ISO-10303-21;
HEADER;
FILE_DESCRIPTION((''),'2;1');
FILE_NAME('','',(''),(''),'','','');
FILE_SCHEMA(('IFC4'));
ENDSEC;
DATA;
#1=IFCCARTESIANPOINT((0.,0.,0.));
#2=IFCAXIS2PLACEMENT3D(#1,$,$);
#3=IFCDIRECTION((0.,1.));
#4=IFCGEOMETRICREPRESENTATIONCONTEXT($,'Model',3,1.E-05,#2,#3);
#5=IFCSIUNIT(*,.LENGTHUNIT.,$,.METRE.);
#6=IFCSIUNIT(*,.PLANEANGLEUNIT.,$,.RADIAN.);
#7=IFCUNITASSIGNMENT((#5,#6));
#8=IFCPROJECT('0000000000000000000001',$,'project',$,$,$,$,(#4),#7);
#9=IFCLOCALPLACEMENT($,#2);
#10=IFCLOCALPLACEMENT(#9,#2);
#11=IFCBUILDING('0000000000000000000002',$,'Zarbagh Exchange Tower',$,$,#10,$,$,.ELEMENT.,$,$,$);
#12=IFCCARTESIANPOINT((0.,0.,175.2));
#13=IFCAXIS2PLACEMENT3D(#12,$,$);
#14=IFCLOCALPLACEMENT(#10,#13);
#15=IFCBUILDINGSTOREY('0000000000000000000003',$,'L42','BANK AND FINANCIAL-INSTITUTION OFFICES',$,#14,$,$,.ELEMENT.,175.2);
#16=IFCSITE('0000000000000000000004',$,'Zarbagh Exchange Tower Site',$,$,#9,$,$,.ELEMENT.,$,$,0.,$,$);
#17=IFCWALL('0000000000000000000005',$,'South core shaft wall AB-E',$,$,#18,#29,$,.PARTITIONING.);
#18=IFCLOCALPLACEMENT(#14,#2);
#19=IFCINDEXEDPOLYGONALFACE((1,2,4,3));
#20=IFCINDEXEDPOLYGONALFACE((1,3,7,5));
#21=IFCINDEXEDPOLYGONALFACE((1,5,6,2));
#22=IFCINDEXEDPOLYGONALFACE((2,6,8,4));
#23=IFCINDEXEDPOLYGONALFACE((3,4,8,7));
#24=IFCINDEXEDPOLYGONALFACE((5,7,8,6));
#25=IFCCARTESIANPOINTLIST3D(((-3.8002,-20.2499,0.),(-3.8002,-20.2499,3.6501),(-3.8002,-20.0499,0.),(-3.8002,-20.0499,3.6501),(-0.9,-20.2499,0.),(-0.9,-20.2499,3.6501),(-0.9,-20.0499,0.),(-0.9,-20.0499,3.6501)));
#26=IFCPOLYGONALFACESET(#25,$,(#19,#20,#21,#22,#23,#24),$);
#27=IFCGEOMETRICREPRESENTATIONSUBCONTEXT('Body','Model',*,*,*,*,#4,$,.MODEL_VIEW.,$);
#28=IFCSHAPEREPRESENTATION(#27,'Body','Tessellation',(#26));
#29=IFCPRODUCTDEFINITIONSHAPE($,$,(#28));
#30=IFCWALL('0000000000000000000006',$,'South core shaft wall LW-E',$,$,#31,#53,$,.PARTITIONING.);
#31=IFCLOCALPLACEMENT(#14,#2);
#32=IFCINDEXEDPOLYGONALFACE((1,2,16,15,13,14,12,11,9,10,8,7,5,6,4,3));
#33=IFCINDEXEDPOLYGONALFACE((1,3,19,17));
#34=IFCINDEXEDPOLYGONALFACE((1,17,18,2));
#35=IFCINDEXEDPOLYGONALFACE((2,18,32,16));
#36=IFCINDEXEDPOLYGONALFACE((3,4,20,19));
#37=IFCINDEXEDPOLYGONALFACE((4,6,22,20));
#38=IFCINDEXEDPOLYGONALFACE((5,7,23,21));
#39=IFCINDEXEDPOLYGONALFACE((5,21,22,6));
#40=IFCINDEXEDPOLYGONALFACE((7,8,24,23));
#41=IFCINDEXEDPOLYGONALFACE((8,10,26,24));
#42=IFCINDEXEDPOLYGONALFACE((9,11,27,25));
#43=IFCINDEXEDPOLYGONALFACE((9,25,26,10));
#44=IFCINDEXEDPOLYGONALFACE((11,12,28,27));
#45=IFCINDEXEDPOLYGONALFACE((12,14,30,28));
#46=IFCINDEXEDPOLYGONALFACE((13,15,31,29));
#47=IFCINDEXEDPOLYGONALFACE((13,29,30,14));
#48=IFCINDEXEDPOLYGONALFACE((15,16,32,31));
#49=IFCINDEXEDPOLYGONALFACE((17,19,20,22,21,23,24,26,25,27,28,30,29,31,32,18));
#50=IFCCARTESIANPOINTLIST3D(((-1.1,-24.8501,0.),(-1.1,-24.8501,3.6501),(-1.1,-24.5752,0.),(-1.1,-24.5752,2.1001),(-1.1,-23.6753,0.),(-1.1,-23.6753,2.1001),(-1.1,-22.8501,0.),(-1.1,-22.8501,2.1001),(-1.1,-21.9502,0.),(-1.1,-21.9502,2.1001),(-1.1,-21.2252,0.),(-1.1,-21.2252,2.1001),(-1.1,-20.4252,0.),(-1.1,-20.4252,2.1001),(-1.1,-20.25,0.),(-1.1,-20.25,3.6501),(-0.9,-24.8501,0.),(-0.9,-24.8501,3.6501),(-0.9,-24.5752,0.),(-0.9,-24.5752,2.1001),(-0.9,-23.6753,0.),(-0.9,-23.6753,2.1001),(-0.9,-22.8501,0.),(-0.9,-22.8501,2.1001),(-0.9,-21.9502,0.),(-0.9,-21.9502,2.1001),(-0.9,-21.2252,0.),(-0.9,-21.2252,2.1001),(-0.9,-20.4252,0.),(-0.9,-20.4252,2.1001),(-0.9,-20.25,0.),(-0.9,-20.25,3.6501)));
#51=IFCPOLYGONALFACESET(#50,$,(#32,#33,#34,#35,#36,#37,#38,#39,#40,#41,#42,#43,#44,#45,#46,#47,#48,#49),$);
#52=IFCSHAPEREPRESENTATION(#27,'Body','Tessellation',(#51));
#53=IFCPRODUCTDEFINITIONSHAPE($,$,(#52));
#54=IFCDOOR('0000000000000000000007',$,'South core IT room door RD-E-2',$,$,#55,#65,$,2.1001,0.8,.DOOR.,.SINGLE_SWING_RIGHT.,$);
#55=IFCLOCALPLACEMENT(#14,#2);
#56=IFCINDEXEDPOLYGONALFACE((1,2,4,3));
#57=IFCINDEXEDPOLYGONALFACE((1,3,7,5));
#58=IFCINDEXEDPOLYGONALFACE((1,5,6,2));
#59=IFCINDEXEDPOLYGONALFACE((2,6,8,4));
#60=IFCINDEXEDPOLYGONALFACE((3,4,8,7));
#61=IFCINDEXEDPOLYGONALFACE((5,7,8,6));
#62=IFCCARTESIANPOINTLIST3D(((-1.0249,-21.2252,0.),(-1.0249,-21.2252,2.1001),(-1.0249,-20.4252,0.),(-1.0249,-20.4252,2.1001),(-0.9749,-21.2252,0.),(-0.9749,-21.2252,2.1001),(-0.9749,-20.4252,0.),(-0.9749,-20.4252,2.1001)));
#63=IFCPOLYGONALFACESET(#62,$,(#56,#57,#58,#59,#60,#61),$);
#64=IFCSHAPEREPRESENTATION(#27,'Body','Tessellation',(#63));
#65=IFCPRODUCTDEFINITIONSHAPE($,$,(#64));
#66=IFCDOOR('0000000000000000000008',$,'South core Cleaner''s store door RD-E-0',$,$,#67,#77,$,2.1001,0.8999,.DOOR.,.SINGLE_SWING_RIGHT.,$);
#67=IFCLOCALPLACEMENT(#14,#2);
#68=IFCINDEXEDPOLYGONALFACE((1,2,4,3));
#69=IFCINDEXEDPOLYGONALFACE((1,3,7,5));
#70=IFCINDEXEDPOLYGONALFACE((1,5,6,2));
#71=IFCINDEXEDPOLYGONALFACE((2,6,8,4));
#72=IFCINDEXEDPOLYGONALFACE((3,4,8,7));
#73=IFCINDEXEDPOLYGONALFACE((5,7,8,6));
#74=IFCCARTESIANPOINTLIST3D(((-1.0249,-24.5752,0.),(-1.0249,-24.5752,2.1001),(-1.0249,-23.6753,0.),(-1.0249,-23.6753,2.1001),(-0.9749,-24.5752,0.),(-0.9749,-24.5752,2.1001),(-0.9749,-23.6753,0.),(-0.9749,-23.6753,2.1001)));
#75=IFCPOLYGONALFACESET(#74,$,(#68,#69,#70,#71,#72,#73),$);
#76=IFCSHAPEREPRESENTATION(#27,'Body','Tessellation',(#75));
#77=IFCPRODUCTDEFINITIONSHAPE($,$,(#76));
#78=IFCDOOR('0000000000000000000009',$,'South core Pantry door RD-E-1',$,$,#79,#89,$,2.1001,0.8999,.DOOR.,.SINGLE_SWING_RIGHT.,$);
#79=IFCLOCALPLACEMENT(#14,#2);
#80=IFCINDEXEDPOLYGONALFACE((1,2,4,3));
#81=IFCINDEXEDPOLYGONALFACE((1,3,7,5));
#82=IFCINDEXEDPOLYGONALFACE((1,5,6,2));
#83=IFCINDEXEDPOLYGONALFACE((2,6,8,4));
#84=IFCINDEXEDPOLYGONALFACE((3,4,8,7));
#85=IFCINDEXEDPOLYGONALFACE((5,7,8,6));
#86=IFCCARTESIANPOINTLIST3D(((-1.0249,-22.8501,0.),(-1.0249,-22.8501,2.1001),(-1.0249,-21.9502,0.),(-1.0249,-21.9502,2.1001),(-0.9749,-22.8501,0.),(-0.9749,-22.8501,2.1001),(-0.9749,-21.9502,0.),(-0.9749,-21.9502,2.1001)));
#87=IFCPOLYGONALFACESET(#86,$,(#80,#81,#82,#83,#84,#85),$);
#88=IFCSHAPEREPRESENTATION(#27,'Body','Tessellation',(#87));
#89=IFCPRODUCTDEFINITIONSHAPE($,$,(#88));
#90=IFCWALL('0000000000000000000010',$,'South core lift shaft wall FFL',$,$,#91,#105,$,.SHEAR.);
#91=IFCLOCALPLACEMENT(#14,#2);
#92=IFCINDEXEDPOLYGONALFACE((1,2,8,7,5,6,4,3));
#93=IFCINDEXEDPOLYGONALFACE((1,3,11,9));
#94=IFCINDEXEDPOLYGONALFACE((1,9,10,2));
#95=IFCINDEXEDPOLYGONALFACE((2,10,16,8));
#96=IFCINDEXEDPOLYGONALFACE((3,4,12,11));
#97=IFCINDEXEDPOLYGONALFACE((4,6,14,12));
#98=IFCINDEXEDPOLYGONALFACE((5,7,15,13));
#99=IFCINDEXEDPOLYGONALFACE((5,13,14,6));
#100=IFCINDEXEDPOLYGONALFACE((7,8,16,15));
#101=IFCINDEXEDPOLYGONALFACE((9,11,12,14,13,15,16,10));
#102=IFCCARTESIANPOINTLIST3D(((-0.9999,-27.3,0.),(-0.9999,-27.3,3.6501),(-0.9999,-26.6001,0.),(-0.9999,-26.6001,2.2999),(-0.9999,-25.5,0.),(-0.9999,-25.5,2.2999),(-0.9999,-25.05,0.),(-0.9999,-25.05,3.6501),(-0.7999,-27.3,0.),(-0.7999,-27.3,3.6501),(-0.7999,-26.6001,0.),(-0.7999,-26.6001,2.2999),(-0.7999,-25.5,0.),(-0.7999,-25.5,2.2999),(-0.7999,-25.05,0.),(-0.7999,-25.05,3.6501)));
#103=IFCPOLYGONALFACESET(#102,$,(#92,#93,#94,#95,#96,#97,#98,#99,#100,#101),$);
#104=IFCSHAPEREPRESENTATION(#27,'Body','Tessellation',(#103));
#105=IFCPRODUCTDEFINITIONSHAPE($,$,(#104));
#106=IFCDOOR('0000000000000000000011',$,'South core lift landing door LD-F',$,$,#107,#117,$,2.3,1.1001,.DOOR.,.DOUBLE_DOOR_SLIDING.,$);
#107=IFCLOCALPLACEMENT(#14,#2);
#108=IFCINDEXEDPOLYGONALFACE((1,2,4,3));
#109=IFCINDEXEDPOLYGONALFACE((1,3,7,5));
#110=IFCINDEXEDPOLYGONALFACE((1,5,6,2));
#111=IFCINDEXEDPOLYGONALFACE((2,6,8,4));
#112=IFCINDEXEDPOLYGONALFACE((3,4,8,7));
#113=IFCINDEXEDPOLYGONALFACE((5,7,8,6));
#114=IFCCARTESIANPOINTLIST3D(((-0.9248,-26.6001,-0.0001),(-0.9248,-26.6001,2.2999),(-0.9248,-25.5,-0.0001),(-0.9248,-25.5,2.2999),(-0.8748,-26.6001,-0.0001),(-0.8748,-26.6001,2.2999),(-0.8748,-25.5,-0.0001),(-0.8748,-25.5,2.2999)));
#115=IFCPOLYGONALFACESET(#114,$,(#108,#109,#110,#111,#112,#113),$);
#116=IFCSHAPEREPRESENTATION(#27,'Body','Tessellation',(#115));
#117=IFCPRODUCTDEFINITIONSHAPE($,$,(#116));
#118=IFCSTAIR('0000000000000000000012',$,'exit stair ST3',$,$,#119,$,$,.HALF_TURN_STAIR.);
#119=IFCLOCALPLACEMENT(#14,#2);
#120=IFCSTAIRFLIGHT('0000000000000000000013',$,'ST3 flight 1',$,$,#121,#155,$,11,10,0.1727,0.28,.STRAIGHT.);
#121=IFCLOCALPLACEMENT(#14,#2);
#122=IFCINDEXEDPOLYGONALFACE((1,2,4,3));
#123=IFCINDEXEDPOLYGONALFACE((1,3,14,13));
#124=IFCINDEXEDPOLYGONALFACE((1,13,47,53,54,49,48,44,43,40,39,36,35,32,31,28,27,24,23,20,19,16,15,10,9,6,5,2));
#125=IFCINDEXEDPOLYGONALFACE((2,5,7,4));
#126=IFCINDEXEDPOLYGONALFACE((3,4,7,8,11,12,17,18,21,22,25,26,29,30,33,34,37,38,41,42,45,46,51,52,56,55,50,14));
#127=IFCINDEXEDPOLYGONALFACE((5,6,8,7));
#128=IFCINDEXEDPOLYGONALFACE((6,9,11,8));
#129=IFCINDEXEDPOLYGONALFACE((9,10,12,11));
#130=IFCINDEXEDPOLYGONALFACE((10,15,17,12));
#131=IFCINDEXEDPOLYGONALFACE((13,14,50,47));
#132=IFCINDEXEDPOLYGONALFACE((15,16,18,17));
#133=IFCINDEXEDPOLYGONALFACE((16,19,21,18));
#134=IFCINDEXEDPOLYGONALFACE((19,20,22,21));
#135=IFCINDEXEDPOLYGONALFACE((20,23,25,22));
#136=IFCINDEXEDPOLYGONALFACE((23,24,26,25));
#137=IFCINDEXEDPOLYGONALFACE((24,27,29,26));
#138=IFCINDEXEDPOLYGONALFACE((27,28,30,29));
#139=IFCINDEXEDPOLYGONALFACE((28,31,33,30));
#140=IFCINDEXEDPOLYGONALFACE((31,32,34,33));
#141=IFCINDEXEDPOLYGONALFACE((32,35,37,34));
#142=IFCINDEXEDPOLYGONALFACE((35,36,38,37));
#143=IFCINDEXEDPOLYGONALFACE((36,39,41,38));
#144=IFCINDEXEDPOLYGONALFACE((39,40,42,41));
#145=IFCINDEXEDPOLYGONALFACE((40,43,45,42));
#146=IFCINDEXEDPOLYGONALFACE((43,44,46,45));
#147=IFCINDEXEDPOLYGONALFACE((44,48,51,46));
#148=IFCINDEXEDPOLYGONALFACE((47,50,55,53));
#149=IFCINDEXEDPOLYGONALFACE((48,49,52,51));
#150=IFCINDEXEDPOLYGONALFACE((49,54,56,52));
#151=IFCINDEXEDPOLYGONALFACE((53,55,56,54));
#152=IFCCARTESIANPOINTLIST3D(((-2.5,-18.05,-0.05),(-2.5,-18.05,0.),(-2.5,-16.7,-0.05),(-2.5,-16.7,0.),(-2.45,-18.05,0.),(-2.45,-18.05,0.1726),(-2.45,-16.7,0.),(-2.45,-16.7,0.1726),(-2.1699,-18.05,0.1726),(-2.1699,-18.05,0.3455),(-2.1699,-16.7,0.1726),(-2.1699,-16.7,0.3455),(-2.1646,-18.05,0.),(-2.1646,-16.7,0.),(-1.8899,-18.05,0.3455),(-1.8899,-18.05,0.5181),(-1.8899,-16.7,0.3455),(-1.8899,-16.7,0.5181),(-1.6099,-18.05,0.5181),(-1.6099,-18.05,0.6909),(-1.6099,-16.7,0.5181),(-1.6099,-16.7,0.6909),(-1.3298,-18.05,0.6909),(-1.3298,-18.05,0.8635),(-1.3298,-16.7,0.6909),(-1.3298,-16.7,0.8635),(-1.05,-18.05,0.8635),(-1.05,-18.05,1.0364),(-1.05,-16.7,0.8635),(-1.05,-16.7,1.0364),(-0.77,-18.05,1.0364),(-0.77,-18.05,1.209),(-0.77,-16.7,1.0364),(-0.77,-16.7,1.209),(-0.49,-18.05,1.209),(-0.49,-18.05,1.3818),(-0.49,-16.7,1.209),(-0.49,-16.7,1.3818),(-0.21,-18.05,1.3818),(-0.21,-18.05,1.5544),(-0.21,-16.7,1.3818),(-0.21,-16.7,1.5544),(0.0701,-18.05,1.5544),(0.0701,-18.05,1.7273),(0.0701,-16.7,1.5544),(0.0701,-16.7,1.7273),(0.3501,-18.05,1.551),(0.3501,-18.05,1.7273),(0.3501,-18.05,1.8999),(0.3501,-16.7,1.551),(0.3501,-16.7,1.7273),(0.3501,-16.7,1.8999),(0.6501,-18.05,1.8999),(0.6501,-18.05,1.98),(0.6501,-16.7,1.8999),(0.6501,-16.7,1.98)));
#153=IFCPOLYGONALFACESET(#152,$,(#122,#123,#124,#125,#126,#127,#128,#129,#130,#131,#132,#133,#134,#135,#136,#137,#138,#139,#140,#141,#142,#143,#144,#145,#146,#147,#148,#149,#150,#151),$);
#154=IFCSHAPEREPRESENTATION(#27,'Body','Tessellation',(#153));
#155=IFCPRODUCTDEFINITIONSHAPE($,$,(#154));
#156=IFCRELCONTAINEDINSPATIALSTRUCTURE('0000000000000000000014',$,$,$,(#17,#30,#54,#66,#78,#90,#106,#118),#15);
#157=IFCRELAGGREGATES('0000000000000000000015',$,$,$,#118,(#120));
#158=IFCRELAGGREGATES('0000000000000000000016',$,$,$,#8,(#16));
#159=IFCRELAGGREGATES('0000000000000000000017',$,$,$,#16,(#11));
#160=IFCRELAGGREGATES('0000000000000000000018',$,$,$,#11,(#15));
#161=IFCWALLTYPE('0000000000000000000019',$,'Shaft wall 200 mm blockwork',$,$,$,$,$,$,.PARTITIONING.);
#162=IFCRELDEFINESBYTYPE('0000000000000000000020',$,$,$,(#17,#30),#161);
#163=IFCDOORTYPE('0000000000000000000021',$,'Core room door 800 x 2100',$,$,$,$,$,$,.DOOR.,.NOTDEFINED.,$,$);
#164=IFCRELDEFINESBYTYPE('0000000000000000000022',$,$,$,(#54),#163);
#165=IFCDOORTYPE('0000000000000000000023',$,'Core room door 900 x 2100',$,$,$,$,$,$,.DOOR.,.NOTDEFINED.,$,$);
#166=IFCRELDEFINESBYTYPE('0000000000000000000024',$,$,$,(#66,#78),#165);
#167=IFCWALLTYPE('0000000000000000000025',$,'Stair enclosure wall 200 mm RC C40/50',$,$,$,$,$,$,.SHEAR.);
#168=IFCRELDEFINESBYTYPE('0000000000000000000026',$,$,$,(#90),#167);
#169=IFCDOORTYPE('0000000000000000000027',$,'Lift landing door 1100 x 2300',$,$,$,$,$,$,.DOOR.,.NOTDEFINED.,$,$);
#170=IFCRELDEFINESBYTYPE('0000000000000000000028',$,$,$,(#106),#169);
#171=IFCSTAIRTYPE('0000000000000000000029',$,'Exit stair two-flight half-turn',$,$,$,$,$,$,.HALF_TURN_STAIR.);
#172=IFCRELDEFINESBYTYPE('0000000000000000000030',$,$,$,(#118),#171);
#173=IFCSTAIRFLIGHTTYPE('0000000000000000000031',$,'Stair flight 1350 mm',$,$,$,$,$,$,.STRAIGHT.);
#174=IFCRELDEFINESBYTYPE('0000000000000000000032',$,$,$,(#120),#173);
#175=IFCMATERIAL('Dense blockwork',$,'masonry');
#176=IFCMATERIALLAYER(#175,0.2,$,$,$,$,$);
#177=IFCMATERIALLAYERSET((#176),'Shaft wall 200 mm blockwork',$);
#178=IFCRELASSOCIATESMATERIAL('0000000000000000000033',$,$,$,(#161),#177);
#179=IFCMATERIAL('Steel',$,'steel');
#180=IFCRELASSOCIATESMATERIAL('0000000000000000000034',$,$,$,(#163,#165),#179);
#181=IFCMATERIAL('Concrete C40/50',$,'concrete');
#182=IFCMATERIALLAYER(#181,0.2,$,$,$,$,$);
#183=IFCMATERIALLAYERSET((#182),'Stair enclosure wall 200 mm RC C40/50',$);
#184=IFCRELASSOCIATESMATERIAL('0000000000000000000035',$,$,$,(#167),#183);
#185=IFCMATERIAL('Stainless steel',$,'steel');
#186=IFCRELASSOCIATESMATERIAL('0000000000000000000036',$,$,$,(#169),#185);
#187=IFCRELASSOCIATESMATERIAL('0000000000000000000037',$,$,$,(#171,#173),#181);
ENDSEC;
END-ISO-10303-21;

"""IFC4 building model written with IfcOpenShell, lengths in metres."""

from ifc_helpers import new_model, si_unit, direction, frame, frame_2d, origin, place, context, subcontext, project, spatial, polyline, rectangle, outline, extrude, material, layer, layer_set, type_object, element, fill, aggregate, save


model = new_model("IFC4")

# Units and contexts
model_context = context("Model", 3, precision=1e-05, world=origin(), true_north=direction((0.0, 1.0)))
body_context = subcontext(model_context, "Body", "Model", "MODEL_VIEW")
ifc_project = project(units=[si_unit("LENGTHUNIT", "METRE"), si_unit("PLANEANGLEUNIT", "RADIAN")], contexts=[model_context])

# Site, building, storey
site_placement = place(None, origin())
site = spatial("IfcSite", under=ifc_project, at=site_placement, Name="Zarbagh Exchange Tower Site", CompositionType="ELEMENT", RefElevation=0.0)
building_placement = place(site_placement, origin())
building = spatial("IfcBuilding", under=site, at=building_placement, Name="Zarbagh Exchange Tower", CompositionType="ELEMENT")
storey_placement = place(building_placement, frame((0.0, 0.0, 175.2)))
storey = spatial("IfcBuildingStorey", under=building, at=storey_placement, Name="L42", Description="BANK AND FINANCIAL-INSTITUTION OFFICES", CompositionType="ELEMENT", Elevation=175.2)

# Shared definitions
ifc_material_1 = material(Name="Concrete C40/50", Category="concrete")

# Shared definitions
ifc_material_2 = material(Name="Dense blockwork", Category="masonry")

# Shared definitions
ifc_material_3 = material(Name="Steel", Category="steel")

# Wall
ifc_layer_1 = layer(ifc_material_2, 0.2)
ifc_layer_set_1 = layer_set([ifc_layer_1], Name="Shaft wall 200 mm blockwork")
wall_type_1 = type_object("IfcWallType", Name="Shaft wall 200 mm blockwork", PredefinedType="PARTITIONING", material=ifc_layer_set_1)
wall_1_placement = place(storey_placement, frame((-0.8999, -20.1499, 0.0), z_axis=(0.0, 0.0, 1.0), x_axis=(-1.0, 0.0, 0.0)))
element("IfcWall", 1, at=wall_1_placement, inside=storey, type_object=wall_type_1, Name="South core shaft wall AB-E", PredefinedType="PARTITIONING", context=body_context, shape_type="SweptSolid", body=[
    extrude(rectangle(XDim=2.9001, YDim=0.2, at=frame_2d((1.4502, 0.0))), origin(), (0.0, 0.0, 1.0), 3.6501),
])

# Wall, openings, doors
wall_2_placement = place(storey_placement, frame((-1.0, -24.8501, 0.0), z_axis=(0.0, 0.0, 1.0), x_axis=(0.0, 1.0, 0.0)))
wall_2 = element("IfcWall", 2, at=wall_2_placement, inside=storey, type_object=wall_type_1, Name="South core shaft wall LW-E", PredefinedType="PARTITIONING", context=body_context, shape_type="SweptSolid", body=[
    extrude(rectangle(XDim=4.6001, YDim=0.2, at=frame_2d((2.3, 0.0))), origin(), (0.0, 0.0, 1.0), 3.6501),
])
opening_1_placement = place(wall_2_placement, frame((0.2749, 0.0, 0.0)))
opening_1 = element("IfcOpeningElement", 3, at=opening_1_placement, cuts=wall_2, PredefinedType="OPENING", context=body_context, shape_type="SweptSolid", body=[
    extrude(rectangle(XDim=0.8999, YDim=2.1001, at=frame_2d((0.45, 1.05))), frame((0.0, 0.1099, 0.0), z_axis=(0.0, -1.0, 0.0), x_axis=(1.0, 0.0, 0.0)), (0.0, 0.0, 1.0), 0.22),
])
opening_2_placement = place(wall_2_placement, frame((2.0, 0.0, 0.0)))
opening_2 = element("IfcOpeningElement", 4, at=opening_2_placement, cuts=wall_2, PredefinedType="OPENING", context=body_context, shape_type="SweptSolid", body=[
    extrude(rectangle(XDim=0.8999, YDim=2.1001, at=frame_2d((0.45, 1.05))), frame((0.0, 0.1099, 0.0), z_axis=(0.0, -1.0, 0.0), x_axis=(1.0, 0.0, 0.0)), (0.0, 0.0, 1.0), 0.22),
])
opening_3_placement = place(wall_2_placement, frame((3.625, 0.0, 0.0)))
opening_3 = element("IfcOpeningElement", 5, at=opening_3_placement, cuts=wall_2, PredefinedType="OPENING", context=body_context, shape_type="SweptSolid", body=[
    extrude(rectangle(XDim=0.8, YDim=2.1001, at=frame_2d((0.3999, 1.05))), frame((0.0, 0.1099, 0.0), z_axis=(0.0, -1.0, 0.0), x_axis=(1.0, 0.0, 0.0)), (0.0, 0.0, 1.0), 0.22),
])
door_type_1 = type_object("IfcDoorType", Name="Core room door 800 x 2100", OperationType="NOTDEFINED", PredefinedType="DOOR", material=ifc_material_3)
door_1_placement = place(opening_3_placement, origin())
door_1 = element("IfcDoor", 6, at=door_1_placement, inside=storey, type_object=door_type_1, Name="South core IT room door RD-E-2", OperationType="SINGLE_SWING_RIGHT", OverallHeight=2.1001, OverallWidth=0.8, PredefinedType="DOOR", context=body_context, shape_type="SweptSolid", body=[
    extrude(rectangle(XDim=0.8, YDim=2.1001, at=frame_2d((0.3999, 1.05))), frame((0.0, 0.0249, 0.0), z_axis=(0.0, -1.0, 0.0), x_axis=(1.0, 0.0, 0.0)), (0.0, 0.0, 1.0), 0.05),
])
fill(opening_3, door_1)
door_type_2 = type_object("IfcDoorType", Name="Core room door 900 x 2100", OperationType="NOTDEFINED", PredefinedType="DOOR", material=ifc_material_3)
door_2_placement = place(opening_1_placement, origin())
door_2 = element("IfcDoor", 7, at=door_2_placement, inside=storey, type_object=door_type_2, Name="South core Cleaner's store door RD-E-0", OperationType="SINGLE_SWING_RIGHT", OverallHeight=2.1001, OverallWidth=0.8999, PredefinedType="DOOR", context=body_context, shape_type="SweptSolid", body=[
    extrude(rectangle(XDim=0.8999, YDim=2.1001, at=frame_2d((0.45, 1.05))), frame((0.0, 0.0249, 0.0), z_axis=(0.0, -1.0, 0.0), x_axis=(1.0, 0.0, 0.0)), (0.0, 0.0, 1.0), 0.05),
])
fill(opening_1, door_2)
door_3_placement = place(opening_2_placement, origin())
door_3 = element("IfcDoor", 8, at=door_3_placement, inside=storey, type_object=door_type_2, Name="South core Pantry door RD-E-1", OperationType="SINGLE_SWING_RIGHT", OverallHeight=2.1001, OverallWidth=0.8999, PredefinedType="DOOR", context=body_context, shape_type="SweptSolid", body=[
    extrude(rectangle(XDim=0.8999, YDim=2.1001, at=frame_2d((0.45, 1.05))), frame((0.0, 0.0249, 0.0), z_axis=(0.0, -1.0, 0.0), x_axis=(1.0, 0.0, 0.0)), (0.0, 0.0, 1.0), 0.05),
])
fill(opening_2, door_3)

# Wall, opening, door
ifc_layer_2 = layer(ifc_material_1, 0.2)
ifc_layer_set_2 = layer_set([ifc_layer_2], Name="Stair enclosure wall 200 mm RC C40/50")
wall_type_2 = type_object("IfcWallType", Name="Stair enclosure wall 200 mm RC C40/50", PredefinedType="SHEAR", material=ifc_layer_set_2)
wall_3_placement = place(storey_placement, frame((-0.8999, -27.3, 0.0), z_axis=(0.0, 0.0, 1.0), x_axis=(0.0, 1.0, 0.0)))
wall_3 = element("IfcWall", 9, at=wall_3_placement, inside=storey, type_object=wall_type_2, Name="South core lift shaft wall FFL", PredefinedType="SHEAR", context=body_context, shape_type="SweptSolid", body=[
    extrude(rectangle(XDim=2.25, YDim=0.2, at=frame_2d((1.125, 0.0))), origin(), (0.0, 0.0, 1.0), 3.6501),
])
opening_4_placement = place(wall_3_placement, frame((0.7, 0.0, 0.0)))
opening_4 = element("IfcOpeningElement", 10, at=opening_4_placement, cuts=wall_3, PredefinedType="OPENING", context=body_context, shape_type="SweptSolid", body=[
    extrude(rectangle(XDim=1.1001, YDim=2.3, at=frame_2d((0.55, 1.1499))), frame((0.0, 0.1099, 0.0), z_axis=(0.0, -1.0, 0.0), x_axis=(1.0, 0.0, 0.0)), (0.0, 0.0, 1.0), 0.22),
])
ifc_material_4 = material(Name="Stainless steel", Category="steel")
door_type_3 = type_object("IfcDoorType", Name="Lift landing door 1100 x 2300", OperationType="NOTDEFINED", PredefinedType="DOOR", material=ifc_material_4)
door_4_placement = place(opening_4_placement, origin())
door_4 = element("IfcDoor", 11, at=door_4_placement, inside=storey, type_object=door_type_3, Name="South core lift landing door LD-F", OperationType="DOUBLE_DOOR_SLIDING", OverallHeight=2.3, OverallWidth=1.1001, PredefinedType="DOOR", context=body_context, shape_type="SweptSolid", body=[
    extrude(rectangle(XDim=1.1001, YDim=2.3, at=frame_2d((0.55, 1.1499))), frame((0.0, 0.0249, 0.0), z_axis=(0.0, -1.0, 0.0), x_axis=(1.0, 0.0, 0.0)), (0.0, 0.0, 1.0), 0.05),
])
fill(opening_4, door_4)

# Stair, stair flight
stair_type = type_object("IfcStairType", Name="Exit stair two-flight half-turn", PredefinedType="HALF_TURN_STAIR", material=ifc_material_1)
stair_1_placement = place(storey_placement, origin())
stair_1 = element("IfcStair", 12, at=stair_1_placement, inside=storey, type_object=stair_type, Name="exit stair ST3", PredefinedType="HALF_TURN_STAIR")
stair_flight_type_1 = type_object("IfcStairFlightType", Name="Stair flight 1350 mm", PredefinedType="STRAIGHT", material=ifc_material_1)
stair_flight_1_placement = place(storey_placement, frame((-2.45, -17.375, 0.0), z_axis=(0.0, 0.0, 1.0), x_axis=(1.0, 0.0, 0.0)))
stair_flight_1 = element("IfcStairFlight", 13, at=stair_flight_1_placement, type_object=stair_flight_type_1, Name="ST3 flight 1", NumberOfRisers=11, NumberOfTreads=10, PredefinedType="STRAIGHT", RiserHeight=0.1727, TreadLength=0.28, context=body_context, shape_type="SweptSolid", body=[
    extrude(outline(polyline([(-0.05, -0.05), (-0.05, 0.0), (0.0, 0.0), (0.0, 0.1726), (0.28, 0.1726), (0.28, 0.3455), (0.5601, 0.3455), (0.5601, 0.5181), (0.8401, 0.5181), (0.8401, 0.6909), (1.1201, 0.6909), (1.1201, 0.8635), (1.3999, 0.8635), (1.3999, 1.0364), (1.6799, 1.0364), (1.6799, 1.209), (1.96, 1.209), (1.96, 1.3818), (2.24, 1.3818), (2.24, 1.5544), (2.52, 1.5544), (2.52, 1.7273), (2.8, 1.7273), (2.8, 1.8999), (3.1001, 1.98), (3.1001, 1.8999), (2.8, 1.551), (0.2854, 0.0), (-0.05, -0.05)])), frame((0.0, 0.675, 0.0), z_axis=(0.0, -1.0, 0.0), x_axis=(1.0, 0.0, 0.0)), (0.0, 0.0, 1.0), 1.3501),
])
aggregate(stair_1, [stair_flight_1])

save(model, "model.ifc")
